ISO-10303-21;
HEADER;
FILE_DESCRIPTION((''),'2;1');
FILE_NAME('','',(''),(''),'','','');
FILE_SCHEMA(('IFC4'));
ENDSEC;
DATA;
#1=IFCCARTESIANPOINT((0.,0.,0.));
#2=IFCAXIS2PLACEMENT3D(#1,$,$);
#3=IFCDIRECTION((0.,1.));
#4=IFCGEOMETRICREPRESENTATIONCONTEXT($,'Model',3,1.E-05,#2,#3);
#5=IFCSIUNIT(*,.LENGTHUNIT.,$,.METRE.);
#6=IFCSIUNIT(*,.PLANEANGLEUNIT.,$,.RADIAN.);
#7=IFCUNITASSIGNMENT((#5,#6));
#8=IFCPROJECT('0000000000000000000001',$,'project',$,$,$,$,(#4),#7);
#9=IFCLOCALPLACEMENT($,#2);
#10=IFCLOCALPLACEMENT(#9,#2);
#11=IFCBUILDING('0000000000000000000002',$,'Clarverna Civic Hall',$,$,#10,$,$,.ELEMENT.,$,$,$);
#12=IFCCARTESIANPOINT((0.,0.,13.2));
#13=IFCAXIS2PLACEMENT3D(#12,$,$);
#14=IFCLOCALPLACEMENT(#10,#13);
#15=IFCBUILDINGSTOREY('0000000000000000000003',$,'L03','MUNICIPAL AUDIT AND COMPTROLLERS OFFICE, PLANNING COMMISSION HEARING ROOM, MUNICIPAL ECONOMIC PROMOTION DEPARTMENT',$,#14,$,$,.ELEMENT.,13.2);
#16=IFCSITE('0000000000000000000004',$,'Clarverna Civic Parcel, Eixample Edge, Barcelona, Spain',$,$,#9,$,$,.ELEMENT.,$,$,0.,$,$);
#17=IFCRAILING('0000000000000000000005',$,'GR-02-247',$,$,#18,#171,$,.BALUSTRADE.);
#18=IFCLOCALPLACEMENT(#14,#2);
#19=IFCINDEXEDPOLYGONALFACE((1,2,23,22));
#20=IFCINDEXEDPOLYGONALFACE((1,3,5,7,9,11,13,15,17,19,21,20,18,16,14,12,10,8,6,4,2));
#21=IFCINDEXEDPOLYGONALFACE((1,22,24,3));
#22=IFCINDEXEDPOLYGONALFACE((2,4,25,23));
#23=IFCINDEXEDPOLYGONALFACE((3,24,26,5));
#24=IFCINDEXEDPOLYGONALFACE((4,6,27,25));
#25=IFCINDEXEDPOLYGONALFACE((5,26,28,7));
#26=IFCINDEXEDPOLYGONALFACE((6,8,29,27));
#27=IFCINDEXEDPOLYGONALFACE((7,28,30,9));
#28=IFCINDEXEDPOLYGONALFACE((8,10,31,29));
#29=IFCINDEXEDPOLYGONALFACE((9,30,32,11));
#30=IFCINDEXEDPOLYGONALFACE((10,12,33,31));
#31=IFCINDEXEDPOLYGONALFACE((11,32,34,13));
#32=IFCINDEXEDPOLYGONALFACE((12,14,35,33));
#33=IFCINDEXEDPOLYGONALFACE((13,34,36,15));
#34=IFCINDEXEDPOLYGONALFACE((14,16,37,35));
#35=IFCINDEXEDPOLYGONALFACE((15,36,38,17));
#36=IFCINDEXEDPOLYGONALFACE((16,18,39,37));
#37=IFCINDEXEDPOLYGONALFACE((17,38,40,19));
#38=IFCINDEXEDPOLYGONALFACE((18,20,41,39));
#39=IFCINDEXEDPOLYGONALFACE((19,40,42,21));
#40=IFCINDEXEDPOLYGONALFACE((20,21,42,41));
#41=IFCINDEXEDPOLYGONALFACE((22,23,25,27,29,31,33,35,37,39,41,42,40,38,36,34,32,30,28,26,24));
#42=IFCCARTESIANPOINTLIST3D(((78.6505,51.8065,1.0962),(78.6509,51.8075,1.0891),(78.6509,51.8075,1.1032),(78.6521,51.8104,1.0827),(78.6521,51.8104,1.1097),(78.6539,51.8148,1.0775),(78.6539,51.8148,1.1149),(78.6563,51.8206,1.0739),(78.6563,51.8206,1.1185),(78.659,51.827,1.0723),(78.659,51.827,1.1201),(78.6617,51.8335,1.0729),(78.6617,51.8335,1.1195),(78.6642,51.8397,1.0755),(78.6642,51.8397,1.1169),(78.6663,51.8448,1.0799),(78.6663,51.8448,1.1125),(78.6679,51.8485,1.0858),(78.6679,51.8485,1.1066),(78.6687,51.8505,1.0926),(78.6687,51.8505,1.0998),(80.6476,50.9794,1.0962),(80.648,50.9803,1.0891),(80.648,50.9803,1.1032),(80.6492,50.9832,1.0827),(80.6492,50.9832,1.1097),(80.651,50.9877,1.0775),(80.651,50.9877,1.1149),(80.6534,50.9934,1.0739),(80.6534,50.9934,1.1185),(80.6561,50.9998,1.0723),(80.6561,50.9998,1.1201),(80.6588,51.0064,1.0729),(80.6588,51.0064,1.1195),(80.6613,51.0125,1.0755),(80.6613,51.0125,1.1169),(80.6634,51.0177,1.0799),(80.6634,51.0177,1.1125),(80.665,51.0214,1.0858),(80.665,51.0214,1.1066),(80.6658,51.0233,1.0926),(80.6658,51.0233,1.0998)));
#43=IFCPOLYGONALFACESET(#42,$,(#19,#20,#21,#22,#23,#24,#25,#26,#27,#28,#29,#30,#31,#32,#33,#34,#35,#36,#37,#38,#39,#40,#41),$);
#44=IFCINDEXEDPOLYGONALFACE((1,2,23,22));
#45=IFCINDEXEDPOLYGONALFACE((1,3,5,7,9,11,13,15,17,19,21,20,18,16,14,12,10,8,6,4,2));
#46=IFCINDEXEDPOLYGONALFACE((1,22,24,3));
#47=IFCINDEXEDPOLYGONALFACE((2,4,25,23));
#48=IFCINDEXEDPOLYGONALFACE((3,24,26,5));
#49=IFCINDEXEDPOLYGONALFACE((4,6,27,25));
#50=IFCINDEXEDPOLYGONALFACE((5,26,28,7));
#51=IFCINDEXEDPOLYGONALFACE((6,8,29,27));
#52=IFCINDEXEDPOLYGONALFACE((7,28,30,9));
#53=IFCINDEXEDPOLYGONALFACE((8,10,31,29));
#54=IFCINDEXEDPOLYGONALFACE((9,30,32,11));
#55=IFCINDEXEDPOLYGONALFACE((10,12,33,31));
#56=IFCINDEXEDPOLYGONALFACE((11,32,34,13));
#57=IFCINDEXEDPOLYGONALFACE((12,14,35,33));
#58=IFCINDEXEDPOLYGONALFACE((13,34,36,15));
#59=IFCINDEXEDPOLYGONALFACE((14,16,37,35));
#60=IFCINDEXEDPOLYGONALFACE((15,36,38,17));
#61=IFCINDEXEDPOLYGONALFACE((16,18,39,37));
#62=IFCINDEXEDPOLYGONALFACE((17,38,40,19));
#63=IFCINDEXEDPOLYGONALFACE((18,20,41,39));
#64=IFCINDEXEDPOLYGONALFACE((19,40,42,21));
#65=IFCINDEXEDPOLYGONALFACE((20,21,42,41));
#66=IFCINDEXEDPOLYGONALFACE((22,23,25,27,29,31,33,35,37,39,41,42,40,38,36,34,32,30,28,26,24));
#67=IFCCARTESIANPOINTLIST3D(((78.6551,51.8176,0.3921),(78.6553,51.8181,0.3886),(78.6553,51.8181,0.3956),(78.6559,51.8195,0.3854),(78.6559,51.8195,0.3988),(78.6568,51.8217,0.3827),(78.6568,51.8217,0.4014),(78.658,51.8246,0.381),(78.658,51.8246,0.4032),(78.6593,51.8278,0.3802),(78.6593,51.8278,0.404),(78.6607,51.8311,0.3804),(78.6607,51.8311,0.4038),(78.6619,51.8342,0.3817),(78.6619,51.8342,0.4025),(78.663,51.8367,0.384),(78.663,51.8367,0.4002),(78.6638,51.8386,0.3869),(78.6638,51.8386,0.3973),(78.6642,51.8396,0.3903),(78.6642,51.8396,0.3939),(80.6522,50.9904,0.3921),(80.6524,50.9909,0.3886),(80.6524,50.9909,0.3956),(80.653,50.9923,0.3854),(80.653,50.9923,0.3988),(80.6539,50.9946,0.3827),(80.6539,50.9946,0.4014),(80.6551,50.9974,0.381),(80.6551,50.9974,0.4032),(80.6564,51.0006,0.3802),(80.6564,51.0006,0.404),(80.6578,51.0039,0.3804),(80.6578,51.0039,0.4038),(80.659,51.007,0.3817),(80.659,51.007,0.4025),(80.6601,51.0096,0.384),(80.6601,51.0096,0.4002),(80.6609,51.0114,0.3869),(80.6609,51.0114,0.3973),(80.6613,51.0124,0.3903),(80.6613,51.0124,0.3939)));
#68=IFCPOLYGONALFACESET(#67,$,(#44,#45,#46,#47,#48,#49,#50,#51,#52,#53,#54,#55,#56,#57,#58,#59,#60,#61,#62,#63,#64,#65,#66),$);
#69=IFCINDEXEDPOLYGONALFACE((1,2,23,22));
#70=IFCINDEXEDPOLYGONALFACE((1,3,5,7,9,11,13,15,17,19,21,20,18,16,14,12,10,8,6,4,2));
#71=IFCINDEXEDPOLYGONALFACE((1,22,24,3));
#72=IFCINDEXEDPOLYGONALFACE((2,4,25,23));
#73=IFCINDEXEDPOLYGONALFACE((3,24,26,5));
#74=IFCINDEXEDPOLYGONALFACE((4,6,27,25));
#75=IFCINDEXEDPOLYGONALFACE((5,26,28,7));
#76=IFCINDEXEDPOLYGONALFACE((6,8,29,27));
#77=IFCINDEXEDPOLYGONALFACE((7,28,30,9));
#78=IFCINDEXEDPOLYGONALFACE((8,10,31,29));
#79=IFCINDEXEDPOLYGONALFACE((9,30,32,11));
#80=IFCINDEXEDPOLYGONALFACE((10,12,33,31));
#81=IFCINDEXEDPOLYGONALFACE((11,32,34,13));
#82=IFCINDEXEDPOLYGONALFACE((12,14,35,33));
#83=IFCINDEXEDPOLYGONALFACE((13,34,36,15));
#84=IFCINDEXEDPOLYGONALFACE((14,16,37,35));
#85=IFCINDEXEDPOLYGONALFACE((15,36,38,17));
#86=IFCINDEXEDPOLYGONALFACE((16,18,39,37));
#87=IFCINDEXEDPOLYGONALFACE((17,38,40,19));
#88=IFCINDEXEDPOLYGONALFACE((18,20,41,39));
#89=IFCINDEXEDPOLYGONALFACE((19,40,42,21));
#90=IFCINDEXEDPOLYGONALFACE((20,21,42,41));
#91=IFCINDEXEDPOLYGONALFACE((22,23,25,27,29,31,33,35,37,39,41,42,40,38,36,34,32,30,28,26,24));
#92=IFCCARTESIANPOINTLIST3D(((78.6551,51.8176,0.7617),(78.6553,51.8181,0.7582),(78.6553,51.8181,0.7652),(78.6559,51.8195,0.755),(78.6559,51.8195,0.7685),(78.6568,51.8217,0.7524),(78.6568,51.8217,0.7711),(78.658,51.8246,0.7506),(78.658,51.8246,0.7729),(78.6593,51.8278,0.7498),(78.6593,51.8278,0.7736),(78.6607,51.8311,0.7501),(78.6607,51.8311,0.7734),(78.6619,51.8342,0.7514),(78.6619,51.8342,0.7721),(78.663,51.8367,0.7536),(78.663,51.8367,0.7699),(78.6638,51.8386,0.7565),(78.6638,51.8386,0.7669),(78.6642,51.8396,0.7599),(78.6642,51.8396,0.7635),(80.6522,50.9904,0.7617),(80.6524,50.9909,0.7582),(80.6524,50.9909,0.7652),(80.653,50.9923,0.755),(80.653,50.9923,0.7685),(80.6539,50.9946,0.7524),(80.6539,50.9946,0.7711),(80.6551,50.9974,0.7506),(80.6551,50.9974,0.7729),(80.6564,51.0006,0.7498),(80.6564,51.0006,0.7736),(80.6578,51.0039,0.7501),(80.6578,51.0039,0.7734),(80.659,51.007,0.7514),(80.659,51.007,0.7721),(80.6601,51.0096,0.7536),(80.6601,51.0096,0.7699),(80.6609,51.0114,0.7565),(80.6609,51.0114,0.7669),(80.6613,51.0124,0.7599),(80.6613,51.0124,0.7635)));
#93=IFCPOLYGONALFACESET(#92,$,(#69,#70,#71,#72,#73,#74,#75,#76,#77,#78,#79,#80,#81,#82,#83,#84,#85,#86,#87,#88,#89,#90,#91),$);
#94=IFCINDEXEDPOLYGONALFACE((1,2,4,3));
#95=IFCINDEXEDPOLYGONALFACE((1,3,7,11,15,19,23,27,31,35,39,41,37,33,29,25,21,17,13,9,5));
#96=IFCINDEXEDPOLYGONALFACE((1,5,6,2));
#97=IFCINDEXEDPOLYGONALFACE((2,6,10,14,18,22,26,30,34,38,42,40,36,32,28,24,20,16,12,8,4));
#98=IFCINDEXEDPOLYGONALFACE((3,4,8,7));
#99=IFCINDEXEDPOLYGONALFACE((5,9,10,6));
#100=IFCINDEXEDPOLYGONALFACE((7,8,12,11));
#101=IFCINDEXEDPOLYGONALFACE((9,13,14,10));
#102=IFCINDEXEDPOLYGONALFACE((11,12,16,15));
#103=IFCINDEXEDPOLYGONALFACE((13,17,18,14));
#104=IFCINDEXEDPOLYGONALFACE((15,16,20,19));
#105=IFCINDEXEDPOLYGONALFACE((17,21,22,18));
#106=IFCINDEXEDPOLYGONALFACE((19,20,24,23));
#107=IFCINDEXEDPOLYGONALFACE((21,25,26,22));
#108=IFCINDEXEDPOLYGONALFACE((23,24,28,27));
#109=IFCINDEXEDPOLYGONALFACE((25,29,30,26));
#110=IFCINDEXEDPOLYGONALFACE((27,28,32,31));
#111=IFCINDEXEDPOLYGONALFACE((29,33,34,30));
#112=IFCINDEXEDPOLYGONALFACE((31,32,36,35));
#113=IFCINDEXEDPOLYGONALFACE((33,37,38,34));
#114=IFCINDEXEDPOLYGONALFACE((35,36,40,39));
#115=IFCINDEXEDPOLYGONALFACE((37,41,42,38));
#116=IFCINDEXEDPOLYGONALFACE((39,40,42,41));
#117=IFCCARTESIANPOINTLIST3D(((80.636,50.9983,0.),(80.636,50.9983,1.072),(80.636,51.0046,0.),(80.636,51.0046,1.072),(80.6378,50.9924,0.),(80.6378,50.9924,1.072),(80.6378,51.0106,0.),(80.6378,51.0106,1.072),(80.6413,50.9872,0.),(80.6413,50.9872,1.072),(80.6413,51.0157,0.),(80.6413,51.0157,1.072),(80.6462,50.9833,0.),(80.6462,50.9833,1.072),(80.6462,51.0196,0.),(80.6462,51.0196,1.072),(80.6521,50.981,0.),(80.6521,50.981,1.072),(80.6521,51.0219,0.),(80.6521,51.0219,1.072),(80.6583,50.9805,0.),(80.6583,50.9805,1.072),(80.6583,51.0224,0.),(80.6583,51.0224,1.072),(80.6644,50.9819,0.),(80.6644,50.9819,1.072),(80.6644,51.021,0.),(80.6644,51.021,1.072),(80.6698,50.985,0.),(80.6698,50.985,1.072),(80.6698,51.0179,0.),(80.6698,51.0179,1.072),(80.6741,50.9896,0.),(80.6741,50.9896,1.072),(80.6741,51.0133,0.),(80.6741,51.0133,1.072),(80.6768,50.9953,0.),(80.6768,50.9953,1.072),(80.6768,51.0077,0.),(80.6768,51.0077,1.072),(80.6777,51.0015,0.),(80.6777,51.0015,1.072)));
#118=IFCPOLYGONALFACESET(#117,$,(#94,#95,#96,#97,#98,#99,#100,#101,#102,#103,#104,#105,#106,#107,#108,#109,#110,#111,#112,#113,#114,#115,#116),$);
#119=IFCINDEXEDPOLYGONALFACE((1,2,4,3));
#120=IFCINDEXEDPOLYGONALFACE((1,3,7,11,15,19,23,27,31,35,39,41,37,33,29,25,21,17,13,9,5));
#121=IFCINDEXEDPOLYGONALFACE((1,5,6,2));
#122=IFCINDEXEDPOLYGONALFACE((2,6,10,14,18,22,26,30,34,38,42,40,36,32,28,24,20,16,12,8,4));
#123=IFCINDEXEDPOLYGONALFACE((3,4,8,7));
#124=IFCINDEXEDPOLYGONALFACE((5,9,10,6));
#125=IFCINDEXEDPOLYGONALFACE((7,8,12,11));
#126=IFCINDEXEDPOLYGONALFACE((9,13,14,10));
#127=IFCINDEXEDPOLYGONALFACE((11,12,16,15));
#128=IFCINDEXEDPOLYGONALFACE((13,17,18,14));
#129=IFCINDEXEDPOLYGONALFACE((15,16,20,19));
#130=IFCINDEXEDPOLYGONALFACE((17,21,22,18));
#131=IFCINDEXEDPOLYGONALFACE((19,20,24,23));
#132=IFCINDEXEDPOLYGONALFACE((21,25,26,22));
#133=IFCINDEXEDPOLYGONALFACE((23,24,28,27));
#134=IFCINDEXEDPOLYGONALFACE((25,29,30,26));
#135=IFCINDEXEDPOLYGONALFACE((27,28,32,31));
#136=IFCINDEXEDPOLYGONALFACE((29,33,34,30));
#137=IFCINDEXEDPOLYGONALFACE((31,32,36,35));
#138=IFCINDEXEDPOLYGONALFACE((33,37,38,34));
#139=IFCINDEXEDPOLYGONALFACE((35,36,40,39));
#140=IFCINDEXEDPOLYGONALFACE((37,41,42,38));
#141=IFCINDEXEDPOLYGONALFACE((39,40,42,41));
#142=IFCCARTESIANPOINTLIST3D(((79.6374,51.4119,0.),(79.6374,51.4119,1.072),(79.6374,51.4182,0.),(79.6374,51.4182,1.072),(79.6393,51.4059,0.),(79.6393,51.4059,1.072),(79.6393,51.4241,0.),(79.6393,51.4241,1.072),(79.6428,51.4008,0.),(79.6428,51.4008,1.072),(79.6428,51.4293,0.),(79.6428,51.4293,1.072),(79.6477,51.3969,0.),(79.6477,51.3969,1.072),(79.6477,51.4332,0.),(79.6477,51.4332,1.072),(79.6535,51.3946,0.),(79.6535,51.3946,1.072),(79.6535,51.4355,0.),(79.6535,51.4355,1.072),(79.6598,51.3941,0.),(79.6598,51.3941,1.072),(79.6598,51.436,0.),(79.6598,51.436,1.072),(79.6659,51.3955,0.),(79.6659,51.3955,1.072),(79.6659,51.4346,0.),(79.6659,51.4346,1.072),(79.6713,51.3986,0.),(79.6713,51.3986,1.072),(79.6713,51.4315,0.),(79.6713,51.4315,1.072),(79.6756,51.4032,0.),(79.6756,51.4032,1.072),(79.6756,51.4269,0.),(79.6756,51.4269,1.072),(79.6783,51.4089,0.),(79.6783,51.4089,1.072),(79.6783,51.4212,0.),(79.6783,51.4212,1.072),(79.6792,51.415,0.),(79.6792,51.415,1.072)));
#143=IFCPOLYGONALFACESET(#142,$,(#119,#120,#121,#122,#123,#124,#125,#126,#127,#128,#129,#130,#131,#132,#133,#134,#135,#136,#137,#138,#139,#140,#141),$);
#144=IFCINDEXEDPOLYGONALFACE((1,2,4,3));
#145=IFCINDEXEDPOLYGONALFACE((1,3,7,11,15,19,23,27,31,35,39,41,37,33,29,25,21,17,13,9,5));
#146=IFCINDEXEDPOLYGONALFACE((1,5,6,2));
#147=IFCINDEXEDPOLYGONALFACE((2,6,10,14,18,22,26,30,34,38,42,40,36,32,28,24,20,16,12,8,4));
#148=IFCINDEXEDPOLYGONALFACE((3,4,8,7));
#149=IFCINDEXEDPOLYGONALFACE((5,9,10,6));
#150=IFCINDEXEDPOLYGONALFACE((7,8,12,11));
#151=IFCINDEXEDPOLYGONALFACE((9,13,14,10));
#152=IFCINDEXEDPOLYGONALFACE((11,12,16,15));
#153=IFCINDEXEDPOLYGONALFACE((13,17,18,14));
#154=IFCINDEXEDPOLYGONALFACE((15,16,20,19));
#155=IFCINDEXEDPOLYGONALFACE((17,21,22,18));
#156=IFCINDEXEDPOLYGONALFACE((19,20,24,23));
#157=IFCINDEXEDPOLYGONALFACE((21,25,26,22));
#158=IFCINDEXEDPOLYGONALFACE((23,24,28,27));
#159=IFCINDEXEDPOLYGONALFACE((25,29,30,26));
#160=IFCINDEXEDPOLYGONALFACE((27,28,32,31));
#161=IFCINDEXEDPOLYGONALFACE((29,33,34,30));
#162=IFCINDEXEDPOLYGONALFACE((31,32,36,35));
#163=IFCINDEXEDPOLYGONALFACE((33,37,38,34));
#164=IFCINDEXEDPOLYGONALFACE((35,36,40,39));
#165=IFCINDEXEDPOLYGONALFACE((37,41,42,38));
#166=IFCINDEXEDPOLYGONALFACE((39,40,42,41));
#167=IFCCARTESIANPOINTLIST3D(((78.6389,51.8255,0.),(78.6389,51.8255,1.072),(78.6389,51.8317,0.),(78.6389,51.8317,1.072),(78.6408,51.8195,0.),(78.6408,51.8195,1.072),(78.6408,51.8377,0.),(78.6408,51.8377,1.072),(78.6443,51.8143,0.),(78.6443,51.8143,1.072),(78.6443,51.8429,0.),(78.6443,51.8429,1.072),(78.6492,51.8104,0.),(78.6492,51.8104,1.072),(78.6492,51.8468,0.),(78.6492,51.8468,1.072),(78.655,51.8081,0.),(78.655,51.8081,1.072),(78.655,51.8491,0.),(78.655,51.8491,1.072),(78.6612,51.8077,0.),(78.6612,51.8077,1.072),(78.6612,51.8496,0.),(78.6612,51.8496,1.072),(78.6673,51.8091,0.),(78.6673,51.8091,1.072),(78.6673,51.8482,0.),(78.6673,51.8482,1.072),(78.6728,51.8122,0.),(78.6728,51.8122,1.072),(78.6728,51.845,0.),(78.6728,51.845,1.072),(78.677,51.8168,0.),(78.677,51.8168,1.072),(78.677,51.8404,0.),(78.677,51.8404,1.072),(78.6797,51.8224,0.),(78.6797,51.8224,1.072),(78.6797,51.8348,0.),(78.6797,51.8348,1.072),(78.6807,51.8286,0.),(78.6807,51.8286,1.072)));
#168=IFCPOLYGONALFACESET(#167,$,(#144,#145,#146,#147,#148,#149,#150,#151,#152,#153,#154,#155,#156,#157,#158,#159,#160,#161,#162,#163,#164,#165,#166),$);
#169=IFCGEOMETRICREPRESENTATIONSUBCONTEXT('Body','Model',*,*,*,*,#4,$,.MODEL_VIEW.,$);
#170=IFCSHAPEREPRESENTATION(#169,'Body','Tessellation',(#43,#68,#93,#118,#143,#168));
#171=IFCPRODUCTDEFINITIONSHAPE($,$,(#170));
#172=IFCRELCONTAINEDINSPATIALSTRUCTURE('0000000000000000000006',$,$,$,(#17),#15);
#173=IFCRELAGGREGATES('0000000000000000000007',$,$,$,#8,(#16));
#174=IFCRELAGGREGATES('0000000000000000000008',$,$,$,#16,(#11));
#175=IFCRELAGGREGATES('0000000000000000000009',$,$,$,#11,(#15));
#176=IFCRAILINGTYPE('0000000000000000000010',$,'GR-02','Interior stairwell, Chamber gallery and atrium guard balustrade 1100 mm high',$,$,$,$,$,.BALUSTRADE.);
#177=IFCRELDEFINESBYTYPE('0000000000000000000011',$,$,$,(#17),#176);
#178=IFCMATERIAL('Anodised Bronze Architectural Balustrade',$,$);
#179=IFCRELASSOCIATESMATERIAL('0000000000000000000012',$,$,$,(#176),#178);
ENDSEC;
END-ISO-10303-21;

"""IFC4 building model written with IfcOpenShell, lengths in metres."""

from ifc_helpers import new_model, si_unit, direction, frame, origin, origin_2d, place, context, subcontext, project, spatial, circle, extrude, material, type_object, element, save


model = new_model("IFC4")

# Units and contexts
model_context = context("Model", 3, precision=1e-05, world=origin(), true_north=direction((0.0, 1.0)))
body_context = subcontext(model_context, "Body", "Model", "MODEL_VIEW")
ifc_project = project(units=[si_unit("LENGTHUNIT", "METRE"), si_unit("PLANEANGLEUNIT", "RADIAN")], contexts=[model_context])

# Site, building, storey
site_placement = place(None, origin())
site = spatial("IfcSite", under=ifc_project, at=site_placement, Name="Clarverna Civic Parcel, Eixample Edge, Barcelona, Spain", CompositionType="ELEMENT", RefElevation=0.0)
building_placement = place(site_placement, origin())
building = spatial("IfcBuilding", under=site, at=building_placement, Name="Clarverna Civic Hall", CompositionType="ELEMENT")
storey_placement = place(building_placement, frame((0.0, 0.0, 13.2)))
storey = spatial("IfcBuildingStorey", under=building, at=storey_placement, Name="L03", Description="MUNICIPAL AUDIT AND COMPTROLLERS OFFICE, PLANNING COMMISSION HEARING ROOM, MUNICIPAL ECONOMIC PROMOTION DEPARTMENT", CompositionType="ELEMENT", Elevation=13.2)

# Railing
ifc_material_1 = material(Name="Anodised Bronze Architectural Balustrade")
railing_type = type_object("IfcRailingType", Name="GR-02", Description="Interior stairwell, Chamber gallery and atrium guard balustrade 1100 mm high", PredefinedType="BALUSTRADE", material=ifc_material_1)
railing_1_placement = place(storey_placement, frame((80.6567, 51.0015, 0.0)))
element("IfcRailing", 1, at=railing_1_placement, inside=storey, type_object=railing_type, Name="GR-02-247", PredefinedType="BALUSTRADE", context=body_context, shape_type="SweptSolid", body=[
    extrude(circle(Radius=0.0239, at=origin_2d()), frame((0.0, 0.0, 1.0962), z_axis=(-0.92389, 0.382658, 0.0), x_axis=(-0.382658, -0.92389, 0.0)), (0.0, 0.0, 1.0), 2.1616),
    extrude(circle(Radius=0.012, at=origin_2d()), frame((0.0, 0.0, 0.3921), z_axis=(-0.92389, 0.382658, 0.0), x_axis=(-0.382658, -0.92389, 0.0)), (0.0, 0.0, 1.0), 2.1616),
    extrude(circle(Radius=0.012, at=origin_2d()), frame((0.0, 0.0, 0.7617), z_axis=(-0.92389, 0.382658, 0.0), x_axis=(-0.382658, -0.92389, 0.0)), (0.0, 0.0, 1.0), 2.1616),
    extrude(circle(Radius=0.021, at=origin_2d()), origin(), (0.0, 0.0, 1.0), 1.072),
    extrude(circle(Radius=0.021, at=origin_2d()), frame((-0.9985, 0.4136, 0.0)), (0.0, 0.0, 1.0), 1.072),
    extrude(circle(Radius=0.021, at=origin_2d()), frame((-1.9971, 0.8271, 0.0)), (0.0, 0.0, 1.0), 1.072),
])

save(model, "model.ifc")
